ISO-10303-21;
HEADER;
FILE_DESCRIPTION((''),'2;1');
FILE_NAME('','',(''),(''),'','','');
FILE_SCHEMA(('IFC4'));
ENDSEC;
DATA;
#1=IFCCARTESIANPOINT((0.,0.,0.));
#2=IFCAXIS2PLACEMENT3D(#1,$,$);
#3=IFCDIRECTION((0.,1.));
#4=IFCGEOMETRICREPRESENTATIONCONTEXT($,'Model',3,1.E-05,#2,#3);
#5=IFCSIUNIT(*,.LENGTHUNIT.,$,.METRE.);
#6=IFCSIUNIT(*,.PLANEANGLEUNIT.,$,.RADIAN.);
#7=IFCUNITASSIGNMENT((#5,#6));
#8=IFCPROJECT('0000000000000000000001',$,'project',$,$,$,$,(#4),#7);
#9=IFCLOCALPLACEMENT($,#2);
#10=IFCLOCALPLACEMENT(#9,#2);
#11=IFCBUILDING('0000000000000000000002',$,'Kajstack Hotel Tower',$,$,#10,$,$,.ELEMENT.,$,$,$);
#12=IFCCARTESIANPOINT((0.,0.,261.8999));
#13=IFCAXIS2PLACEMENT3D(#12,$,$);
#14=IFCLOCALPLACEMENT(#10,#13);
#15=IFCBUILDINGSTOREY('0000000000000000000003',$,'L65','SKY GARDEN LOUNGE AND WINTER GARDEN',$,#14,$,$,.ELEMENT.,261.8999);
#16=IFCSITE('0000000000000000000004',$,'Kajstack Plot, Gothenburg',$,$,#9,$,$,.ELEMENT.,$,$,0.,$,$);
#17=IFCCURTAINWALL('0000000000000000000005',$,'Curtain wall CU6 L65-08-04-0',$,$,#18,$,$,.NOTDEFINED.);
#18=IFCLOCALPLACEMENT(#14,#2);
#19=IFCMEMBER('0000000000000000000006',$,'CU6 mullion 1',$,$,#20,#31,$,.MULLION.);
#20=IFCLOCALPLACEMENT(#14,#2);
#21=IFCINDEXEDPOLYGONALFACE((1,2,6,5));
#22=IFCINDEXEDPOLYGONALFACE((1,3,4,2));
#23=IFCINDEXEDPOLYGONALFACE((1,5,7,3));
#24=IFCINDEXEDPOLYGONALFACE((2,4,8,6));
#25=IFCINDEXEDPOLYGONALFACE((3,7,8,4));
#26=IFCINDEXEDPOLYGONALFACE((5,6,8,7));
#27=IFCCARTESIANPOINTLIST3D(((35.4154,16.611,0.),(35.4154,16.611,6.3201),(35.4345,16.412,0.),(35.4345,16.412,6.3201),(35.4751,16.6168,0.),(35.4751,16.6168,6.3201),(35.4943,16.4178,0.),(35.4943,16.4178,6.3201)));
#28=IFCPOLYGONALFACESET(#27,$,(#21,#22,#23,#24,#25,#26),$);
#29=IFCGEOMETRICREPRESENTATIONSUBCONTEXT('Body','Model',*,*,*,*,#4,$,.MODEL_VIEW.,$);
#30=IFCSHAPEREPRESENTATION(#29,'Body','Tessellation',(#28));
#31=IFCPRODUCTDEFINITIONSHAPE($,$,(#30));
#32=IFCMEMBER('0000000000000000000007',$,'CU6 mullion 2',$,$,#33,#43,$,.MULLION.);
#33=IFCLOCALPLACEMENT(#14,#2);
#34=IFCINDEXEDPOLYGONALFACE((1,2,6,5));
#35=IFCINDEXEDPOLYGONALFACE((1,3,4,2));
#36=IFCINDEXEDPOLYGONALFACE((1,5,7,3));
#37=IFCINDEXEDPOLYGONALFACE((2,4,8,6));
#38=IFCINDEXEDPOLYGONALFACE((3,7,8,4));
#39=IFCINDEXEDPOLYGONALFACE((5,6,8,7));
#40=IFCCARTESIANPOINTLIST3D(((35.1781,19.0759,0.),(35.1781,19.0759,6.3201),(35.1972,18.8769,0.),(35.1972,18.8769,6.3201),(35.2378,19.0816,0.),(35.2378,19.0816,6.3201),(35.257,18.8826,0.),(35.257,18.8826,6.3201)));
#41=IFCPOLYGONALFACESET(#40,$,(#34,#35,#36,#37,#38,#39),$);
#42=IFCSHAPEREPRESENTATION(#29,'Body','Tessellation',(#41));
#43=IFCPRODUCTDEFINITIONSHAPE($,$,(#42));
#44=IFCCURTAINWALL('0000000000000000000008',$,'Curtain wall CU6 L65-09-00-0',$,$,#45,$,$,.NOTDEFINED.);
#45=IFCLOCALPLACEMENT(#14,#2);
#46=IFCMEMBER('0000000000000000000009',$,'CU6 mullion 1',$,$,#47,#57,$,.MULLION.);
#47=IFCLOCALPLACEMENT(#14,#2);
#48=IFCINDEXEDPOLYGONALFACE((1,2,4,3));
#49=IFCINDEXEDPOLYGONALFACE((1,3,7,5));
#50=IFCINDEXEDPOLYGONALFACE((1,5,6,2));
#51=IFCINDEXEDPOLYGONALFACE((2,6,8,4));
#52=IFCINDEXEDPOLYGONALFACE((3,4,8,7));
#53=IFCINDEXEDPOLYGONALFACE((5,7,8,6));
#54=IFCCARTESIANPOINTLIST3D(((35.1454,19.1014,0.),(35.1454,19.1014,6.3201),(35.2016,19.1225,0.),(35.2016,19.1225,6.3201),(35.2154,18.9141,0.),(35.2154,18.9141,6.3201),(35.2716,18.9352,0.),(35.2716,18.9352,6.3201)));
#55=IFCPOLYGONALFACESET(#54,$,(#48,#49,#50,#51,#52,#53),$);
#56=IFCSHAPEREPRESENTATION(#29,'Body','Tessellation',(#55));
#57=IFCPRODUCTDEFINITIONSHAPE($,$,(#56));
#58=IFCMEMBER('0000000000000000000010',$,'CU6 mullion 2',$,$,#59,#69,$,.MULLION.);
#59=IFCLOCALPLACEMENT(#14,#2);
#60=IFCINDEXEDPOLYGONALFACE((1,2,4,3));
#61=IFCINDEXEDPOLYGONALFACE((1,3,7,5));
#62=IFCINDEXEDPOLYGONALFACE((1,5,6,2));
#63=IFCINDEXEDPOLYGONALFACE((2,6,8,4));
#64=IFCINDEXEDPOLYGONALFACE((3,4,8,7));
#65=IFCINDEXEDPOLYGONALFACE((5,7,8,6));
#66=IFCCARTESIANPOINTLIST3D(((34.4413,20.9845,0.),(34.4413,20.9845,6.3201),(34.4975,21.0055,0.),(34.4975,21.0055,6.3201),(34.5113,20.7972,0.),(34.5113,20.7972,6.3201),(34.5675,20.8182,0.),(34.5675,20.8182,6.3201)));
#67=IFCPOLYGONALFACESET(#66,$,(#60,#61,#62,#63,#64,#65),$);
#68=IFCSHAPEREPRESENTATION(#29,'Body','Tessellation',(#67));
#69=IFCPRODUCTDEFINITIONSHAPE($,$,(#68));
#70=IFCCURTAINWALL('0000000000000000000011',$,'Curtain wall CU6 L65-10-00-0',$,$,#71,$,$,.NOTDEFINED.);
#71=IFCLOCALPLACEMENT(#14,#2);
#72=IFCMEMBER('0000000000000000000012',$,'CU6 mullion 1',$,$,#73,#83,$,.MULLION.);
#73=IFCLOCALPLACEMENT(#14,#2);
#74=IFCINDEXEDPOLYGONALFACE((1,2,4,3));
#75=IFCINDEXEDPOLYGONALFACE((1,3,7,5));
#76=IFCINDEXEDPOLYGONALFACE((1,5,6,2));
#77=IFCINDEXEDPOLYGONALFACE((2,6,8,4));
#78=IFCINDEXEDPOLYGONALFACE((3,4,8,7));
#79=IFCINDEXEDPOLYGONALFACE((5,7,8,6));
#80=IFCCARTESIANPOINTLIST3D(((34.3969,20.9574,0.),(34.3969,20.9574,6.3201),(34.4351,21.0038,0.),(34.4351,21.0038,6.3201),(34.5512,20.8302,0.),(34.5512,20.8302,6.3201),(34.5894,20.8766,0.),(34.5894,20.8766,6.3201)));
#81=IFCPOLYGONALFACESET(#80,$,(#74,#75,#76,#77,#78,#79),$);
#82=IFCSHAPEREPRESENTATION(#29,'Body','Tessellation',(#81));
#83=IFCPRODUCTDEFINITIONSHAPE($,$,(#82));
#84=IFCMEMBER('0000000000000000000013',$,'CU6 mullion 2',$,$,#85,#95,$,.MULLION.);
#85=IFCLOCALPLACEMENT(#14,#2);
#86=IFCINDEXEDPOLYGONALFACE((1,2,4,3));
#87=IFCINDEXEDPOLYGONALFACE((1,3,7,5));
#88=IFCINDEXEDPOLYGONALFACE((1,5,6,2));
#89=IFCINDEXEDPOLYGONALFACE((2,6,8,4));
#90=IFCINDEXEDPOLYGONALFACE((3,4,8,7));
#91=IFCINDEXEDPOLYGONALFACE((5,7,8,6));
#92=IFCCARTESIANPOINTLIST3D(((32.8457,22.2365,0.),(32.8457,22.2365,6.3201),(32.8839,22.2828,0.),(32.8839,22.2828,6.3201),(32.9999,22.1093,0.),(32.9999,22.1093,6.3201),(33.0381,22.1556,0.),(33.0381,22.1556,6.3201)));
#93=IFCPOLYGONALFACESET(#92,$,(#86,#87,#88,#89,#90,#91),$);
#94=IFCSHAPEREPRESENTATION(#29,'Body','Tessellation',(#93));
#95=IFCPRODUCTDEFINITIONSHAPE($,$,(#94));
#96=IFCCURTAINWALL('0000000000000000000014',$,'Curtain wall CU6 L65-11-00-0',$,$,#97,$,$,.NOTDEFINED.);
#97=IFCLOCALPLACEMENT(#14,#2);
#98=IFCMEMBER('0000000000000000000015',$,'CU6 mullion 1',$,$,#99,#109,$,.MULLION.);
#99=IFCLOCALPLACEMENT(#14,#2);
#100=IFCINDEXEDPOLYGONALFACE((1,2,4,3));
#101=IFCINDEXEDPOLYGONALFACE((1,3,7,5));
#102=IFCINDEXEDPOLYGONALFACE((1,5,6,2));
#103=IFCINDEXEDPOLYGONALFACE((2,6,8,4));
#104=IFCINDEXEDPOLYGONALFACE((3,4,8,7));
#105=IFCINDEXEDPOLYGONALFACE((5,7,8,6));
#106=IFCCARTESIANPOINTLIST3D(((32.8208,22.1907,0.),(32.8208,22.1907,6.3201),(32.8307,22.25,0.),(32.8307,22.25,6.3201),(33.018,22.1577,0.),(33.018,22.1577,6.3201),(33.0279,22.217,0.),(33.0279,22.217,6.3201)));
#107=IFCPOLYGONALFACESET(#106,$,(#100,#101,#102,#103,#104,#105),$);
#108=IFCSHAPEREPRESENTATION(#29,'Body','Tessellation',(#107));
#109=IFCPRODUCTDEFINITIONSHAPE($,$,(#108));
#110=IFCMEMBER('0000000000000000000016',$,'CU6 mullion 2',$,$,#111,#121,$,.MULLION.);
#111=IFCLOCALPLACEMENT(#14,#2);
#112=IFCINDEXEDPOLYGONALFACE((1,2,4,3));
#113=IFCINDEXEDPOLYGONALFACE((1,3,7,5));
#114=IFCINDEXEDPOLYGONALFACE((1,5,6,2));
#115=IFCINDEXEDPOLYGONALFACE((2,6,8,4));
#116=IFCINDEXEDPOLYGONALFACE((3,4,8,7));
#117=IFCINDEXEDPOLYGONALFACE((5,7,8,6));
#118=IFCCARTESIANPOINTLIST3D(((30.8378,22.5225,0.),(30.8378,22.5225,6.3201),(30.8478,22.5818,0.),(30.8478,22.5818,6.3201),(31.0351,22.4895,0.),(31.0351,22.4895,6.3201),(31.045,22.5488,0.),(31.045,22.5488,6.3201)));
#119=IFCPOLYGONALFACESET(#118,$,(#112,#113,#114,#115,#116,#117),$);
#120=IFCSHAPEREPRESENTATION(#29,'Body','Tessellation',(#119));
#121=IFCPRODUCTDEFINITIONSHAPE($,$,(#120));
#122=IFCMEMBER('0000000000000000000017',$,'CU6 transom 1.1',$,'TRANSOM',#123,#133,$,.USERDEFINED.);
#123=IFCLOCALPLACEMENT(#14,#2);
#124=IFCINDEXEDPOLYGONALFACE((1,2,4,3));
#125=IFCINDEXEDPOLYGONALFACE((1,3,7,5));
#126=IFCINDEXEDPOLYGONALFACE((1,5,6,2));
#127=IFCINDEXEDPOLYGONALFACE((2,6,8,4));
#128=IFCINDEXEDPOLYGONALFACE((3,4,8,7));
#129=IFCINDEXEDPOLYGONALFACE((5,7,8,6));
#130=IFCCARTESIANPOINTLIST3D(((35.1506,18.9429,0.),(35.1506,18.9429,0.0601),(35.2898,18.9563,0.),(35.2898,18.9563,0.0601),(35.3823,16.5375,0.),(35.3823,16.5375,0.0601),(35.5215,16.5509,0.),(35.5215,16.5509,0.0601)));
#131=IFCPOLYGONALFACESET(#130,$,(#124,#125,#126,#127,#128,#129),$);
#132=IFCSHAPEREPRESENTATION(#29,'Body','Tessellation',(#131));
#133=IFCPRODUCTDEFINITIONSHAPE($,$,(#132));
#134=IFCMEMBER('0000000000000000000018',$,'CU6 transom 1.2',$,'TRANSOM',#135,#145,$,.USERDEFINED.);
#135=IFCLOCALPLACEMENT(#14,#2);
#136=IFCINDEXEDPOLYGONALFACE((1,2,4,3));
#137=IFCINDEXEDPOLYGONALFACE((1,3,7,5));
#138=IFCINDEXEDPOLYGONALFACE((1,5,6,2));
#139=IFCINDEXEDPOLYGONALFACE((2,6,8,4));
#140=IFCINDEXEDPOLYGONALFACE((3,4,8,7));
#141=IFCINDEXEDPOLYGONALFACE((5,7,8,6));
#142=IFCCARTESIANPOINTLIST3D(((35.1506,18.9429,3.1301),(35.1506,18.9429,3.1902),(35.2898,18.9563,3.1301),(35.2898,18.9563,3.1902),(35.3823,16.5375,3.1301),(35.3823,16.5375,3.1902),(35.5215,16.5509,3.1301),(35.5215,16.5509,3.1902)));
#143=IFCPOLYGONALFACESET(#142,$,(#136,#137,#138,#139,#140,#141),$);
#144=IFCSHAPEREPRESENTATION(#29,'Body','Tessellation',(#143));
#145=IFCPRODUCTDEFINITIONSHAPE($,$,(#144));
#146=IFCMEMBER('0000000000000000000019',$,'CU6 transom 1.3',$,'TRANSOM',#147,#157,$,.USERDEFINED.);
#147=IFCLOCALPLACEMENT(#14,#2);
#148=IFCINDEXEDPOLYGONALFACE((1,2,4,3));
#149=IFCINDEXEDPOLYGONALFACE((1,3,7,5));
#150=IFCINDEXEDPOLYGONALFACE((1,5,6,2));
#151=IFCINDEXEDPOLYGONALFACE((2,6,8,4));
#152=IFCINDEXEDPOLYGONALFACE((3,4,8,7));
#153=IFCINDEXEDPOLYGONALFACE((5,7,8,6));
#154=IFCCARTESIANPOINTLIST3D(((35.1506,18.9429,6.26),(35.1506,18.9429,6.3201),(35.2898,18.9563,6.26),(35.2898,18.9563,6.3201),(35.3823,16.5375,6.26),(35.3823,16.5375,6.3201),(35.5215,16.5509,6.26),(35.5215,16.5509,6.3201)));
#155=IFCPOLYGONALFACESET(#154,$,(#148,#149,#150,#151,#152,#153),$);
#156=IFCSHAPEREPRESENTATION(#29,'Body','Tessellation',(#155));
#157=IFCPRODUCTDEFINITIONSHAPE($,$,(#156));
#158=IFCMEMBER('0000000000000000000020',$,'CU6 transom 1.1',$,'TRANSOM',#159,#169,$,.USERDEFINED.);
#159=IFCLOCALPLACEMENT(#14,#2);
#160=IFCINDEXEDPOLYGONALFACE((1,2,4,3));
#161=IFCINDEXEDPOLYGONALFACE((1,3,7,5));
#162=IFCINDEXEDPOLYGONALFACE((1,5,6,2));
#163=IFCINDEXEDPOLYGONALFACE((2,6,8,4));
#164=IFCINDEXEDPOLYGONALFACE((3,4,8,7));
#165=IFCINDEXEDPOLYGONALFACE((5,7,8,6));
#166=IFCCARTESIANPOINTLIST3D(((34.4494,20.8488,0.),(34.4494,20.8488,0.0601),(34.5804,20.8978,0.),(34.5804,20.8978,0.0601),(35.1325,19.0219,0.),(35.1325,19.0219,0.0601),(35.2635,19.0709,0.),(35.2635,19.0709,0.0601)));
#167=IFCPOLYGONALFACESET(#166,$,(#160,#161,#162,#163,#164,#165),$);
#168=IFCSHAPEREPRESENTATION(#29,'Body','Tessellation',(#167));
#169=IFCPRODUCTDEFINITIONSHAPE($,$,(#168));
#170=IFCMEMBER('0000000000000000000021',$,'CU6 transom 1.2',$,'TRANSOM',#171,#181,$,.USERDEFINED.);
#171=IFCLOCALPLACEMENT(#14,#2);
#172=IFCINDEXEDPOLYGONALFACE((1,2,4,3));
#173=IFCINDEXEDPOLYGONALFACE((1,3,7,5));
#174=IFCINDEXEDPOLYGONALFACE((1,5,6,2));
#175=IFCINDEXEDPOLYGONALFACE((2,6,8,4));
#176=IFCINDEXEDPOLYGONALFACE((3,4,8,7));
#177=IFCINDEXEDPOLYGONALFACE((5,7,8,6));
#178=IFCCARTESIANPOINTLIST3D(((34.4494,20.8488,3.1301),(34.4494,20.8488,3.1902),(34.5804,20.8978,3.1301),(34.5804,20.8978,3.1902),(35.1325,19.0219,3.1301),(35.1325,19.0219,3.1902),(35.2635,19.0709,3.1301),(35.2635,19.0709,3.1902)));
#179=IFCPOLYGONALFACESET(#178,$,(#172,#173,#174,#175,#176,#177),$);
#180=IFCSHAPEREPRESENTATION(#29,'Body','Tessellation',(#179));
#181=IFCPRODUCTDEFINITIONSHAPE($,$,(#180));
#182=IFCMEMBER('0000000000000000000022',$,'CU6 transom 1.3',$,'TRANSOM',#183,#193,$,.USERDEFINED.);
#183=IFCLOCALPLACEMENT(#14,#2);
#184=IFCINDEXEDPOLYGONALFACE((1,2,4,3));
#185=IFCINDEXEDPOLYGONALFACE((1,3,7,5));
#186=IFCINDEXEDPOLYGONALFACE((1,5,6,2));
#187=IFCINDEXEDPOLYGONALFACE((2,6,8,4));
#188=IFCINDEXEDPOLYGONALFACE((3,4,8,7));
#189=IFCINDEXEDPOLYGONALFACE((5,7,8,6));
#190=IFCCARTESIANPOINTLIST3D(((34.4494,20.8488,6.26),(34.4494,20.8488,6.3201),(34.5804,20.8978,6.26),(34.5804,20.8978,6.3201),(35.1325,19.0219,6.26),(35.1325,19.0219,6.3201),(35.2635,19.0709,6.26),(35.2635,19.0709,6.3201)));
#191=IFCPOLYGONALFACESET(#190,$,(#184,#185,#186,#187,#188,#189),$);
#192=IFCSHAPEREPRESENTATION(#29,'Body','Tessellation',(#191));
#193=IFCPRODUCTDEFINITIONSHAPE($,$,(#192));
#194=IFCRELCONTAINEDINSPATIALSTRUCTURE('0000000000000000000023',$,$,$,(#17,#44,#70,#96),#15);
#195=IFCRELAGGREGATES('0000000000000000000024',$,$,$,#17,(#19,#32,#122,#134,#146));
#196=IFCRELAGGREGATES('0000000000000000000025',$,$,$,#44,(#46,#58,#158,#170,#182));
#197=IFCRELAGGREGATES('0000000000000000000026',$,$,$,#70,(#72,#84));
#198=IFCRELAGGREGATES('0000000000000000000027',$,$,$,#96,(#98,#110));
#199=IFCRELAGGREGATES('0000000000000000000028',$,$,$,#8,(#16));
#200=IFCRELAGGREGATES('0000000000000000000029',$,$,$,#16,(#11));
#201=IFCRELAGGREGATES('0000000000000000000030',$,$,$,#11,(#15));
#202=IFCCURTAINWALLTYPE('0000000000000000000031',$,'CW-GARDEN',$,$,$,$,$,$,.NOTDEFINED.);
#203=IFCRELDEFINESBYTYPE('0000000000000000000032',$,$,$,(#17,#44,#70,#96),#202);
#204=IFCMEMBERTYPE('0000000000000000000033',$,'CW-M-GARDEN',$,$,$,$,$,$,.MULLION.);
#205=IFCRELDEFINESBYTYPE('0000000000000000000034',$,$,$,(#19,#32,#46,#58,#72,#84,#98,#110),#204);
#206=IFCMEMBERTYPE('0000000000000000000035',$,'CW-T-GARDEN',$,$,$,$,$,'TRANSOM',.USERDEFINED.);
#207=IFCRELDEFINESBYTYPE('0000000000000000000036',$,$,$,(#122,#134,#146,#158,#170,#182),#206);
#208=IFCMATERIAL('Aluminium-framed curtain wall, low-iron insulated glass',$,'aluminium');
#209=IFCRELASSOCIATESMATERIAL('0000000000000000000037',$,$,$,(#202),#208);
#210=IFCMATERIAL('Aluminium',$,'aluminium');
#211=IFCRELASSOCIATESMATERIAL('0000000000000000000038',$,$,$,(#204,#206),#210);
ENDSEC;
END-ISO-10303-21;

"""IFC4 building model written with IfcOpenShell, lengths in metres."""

from ifc_helpers import new_model, si_unit, direction, frame, origin, origin_2d, place, context, subcontext, project, spatial, rectangle, extrude, material, material_profile, profile_set, type_object, element, aggregate, save


model = new_model("IFC4")

# Units and contexts
model_context = context("Model", 3, precision=1e-05, world=origin(), true_north=direction((0.0, 1.0)))
body_context = subcontext(model_context, "Body", "Model", "MODEL_VIEW")
ifc_project = project(units=[si_unit("LENGTHUNIT", "METRE"), si_unit("PLANEANGLEUNIT", "RADIAN")], contexts=[model_context])

# Site, building, storey
site_placement = place(None, origin())
site = spatial("IfcSite", under=ifc_project, at=site_placement, Name="Kajstack Plot, Gothenburg", CompositionType="ELEMENT", RefElevation=0.0)
building_placement = place(site_placement, origin())
building = spatial("IfcBuilding", under=site, at=building_placement, Name="Kajstack Hotel Tower", CompositionType="ELEMENT")
storey_placement = place(building_placement, frame((0.0, 0.0, 261.8999)))
storey = spatial("IfcBuildingStorey", under=building, at=storey_placement, Name="L65", Description="SKY GARDEN LOUNGE AND WINTER GARDEN", CompositionType="ELEMENT", Elevation=261.8999)

# Curtain walls, members
ifc_material_1 = material(Name="Aluminium-framed curtain wall, low-iron insulated glass", Category="aluminium")
curtain_wall_type = type_object("IfcCurtainWallType", Name="CW-GARDEN", PredefinedType="NOTDEFINED", material=ifc_material_1)
curtain_wall_1_placement = place(storey_placement, origin())
curtain_wall_1 = element("IfcCurtainWall", 1, at=curtain_wall_1_placement, inside=storey, type_object=curtain_wall_type, Name="Curtain wall CU6 L65-08-04-0", PredefinedType="NOTDEFINED")
ifc_material_2 = material(Name="Aluminium", Category="aluminium")
ifc_material_profile_1 = material_profile(ifc_material_2, rectangle(XDim=0.0601, YDim=0.2, at=origin_2d()), Name="Aluminium mullion 60 x 200")
ifc_profile_set_1 = profile_set([ifc_material_profile_1], Name="Aluminium")
member_type_1 = type_object("IfcMemberType", Name="CW-M-GARDEN", PredefinedType="MULLION", material=ifc_profile_set_1)
member_1_placement = place(storey_placement, frame((35.4548, 16.5144, 0.0), z_axis=(0.0, 0.0, 1.0), x_axis=(-0.995396, -0.095847, 0.0)))
member_1 = element("IfcMember", 2, at=member_1_placement, type_object=member_type_1, Name="CU6 mullion 1", PredefinedType="MULLION", context=body_context, shape_type="SweptSolid", body=[
    extrude(rectangle(XDim=0.0601, YDim=0.2, at=origin_2d()), origin(), (0.0, 0.0, 1.0), 6.3201),
])
member_2_placement = place(storey_placement, frame((35.2175, 18.9792, 0.0), z_axis=(0.0, 0.0, 1.0), x_axis=(-0.995396, -0.095847, 0.0)))
member_2 = element("IfcMember", 3, at=member_2_placement, type_object=member_type_1, Name="CU6 mullion 2", PredefinedType="MULLION", context=body_context, shape_type="SweptSolid", body=[
    extrude(rectangle(XDim=0.0601, YDim=0.2, at=origin_2d()), origin(), (0.0, 0.0, 1.0), 6.3201),
])
curtain_wall_2_placement = place(storey_placement, origin())
curtain_wall_2 = element("IfcCurtainWall", 4, at=curtain_wall_2_placement, inside=storey, type_object=curtain_wall_type, Name="Curtain wall CU6 L65-09-00-0", PredefinedType="NOTDEFINED")
member_3_placement = place(storey_placement, frame((35.2085, 19.0183, 0.0), z_axis=(0.0, 0.0, 1.0), x_axis=(-0.936674, -0.350202, 0.0)))
member_3 = element("IfcMember", 5, at=member_3_placement, type_object=member_type_1, Name="CU6 mullion 1", PredefinedType="MULLION", context=body_context, shape_type="SweptSolid", body=[
    extrude(rectangle(XDim=0.0601, YDim=0.2, at=origin_2d()), origin(), (0.0, 0.0, 1.0), 6.3201),
])
member_4_placement = place(storey_placement, frame((34.5044, 20.9014, 0.0), z_axis=(0.0, 0.0, 1.0), x_axis=(-0.936674, -0.350202, 0.0)))
member_4 = element("IfcMember", 6, at=member_4_placement, type_object=member_type_1, Name="CU6 mullion 2", PredefinedType="MULLION", context=body_context, shape_type="SweptSolid", body=[
    extrude(rectangle(XDim=0.0601, YDim=0.2, at=origin_2d()), origin(), (0.0, 0.0, 1.0), 6.3201),
])
curtain_wall_3_placement = place(storey_placement, origin())
curtain_wall_3 = element("IfcCurtainWall", 7, at=curtain_wall_3_placement, inside=storey, type_object=curtain_wall_type, Name="Curtain wall CU6 L65-10-00-0", PredefinedType="NOTDEFINED")
member_5_placement = place(storey_placement, frame((34.4932, 20.917, 0.0), z_axis=(0.0, 0.0, 1.0), x_axis=(-0.636095, -0.771611, 0.0)))
member_5 = element("IfcMember", 8, at=member_5_placement, type_object=member_type_1, Name="CU6 mullion 1", PredefinedType="MULLION", context=body_context, shape_type="SweptSolid", body=[
    extrude(rectangle(XDim=0.0601, YDim=0.2, at=origin_2d()), origin(), (0.0, 0.0, 1.0), 6.3201),
])
member_6_placement = place(storey_placement, frame((32.9419, 22.196, 0.0), z_axis=(0.0, 0.0, 1.0), x_axis=(-0.636095, -0.771611, 0.0)))
member_6 = element("IfcMember", 9, at=member_6_placement, type_object=member_type_1, Name="CU6 mullion 2", PredefinedType="MULLION", context=body_context, shape_type="SweptSolid", body=[
    extrude(rectangle(XDim=0.0601, YDim=0.2, at=origin_2d()), origin(), (0.0, 0.0, 1.0), 6.3201),
])
curtain_wall_4_placement = place(storey_placement, origin())
curtain_wall_4 = element("IfcCurtainWall", 10, at=curtain_wall_4_placement, inside=storey, type_object=curtain_wall_type, Name="Curtain wall CU6 L65-11-00-0", PredefinedType="NOTDEFINED")
member_7_placement = place(storey_placement, frame((32.9243, 22.2039, 0.0), z_axis=(0.0, 0.0, 1.0), x_axis=(-0.165033, -0.986288, 0.0)))
member_7 = element("IfcMember", 11, at=member_7_placement, type_object=member_type_1, Name="CU6 mullion 1", PredefinedType="MULLION", context=body_context, shape_type="SweptSolid", body=[
    extrude(rectangle(XDim=0.0601, YDim=0.2, at=origin_2d()), origin(), (0.0, 0.0, 1.0), 6.3201),
])
member_8_placement = place(storey_placement, frame((30.9414, 22.5356, 0.0), z_axis=(0.0, 0.0, 1.0), x_axis=(-0.165033, -0.986288, 0.0)))
member_8 = element("IfcMember", 12, at=member_8_placement, type_object=member_type_1, Name="CU6 mullion 2", PredefinedType="MULLION", context=body_context, shape_type="SweptSolid", body=[
    extrude(rectangle(XDim=0.0601, YDim=0.2, at=origin_2d()), origin(), (0.0, 0.0, 1.0), 6.3201),
])

# Members
ifc_material_profile_2 = material_profile(ifc_material_2, rectangle(XDim=0.1399, YDim=0.0601, at=origin_2d()), Name="Aluminium transom 140 x 60")
ifc_profile_set_2 = profile_set([ifc_material_profile_2], Name="Aluminium")
member_type_2 = type_object("IfcMemberType", Name="CW-T-GARDEN", ElementType="TRANSOM", PredefinedType="USERDEFINED", material=ifc_profile_set_2)
member_9_placement = place(storey_placement, frame((35.4519, 16.5442, 0.03), z_axis=(-0.095882, 0.995393, 0.0), x_axis=(-0.995393, -0.095882, 0.0)))
member_9 = element("IfcMember", 13, at=member_9_placement, type_object=member_type_2, Name="CU6 transom 1.1", ObjectType="TRANSOM", PredefinedType="USERDEFINED", context=body_context, shape_type="SweptSolid", body=[
    extrude(rectangle(XDim=0.1399, YDim=0.0601, at=origin_2d()), origin(), (0.0, 0.0, 1.0), 2.4165),
])
member_10_placement = place(storey_placement, frame((35.4519, 16.5442, 3.1602), z_axis=(-0.095882, 0.995393, 0.0), x_axis=(-0.995393, -0.095882, 0.0)))
member_10 = element("IfcMember", 14, at=member_10_placement, type_object=member_type_2, Name="CU6 transom 1.2", ObjectType="TRANSOM", PredefinedType="USERDEFINED", context=body_context, shape_type="SweptSolid", body=[
    extrude(rectangle(XDim=0.1399, YDim=0.0601, at=origin_2d()), origin(), (0.0, 0.0, 1.0), 2.4165),
])
member_11_placement = place(storey_placement, frame((35.4519, 16.5442, 6.29), z_axis=(-0.095882, 0.995393, 0.0), x_axis=(-0.995393, -0.095882, 0.0)))
member_11 = element("IfcMember", 15, at=member_11_placement, type_object=member_type_2, Name="CU6 transom 1.3", ObjectType="TRANSOM", PredefinedType="USERDEFINED", context=body_context, shape_type="SweptSolid", body=[
    extrude(rectangle(XDim=0.1399, YDim=0.0601, at=origin_2d()), origin(), (0.0, 0.0, 1.0), 2.4165),
])
member_12_placement = place(storey_placement, frame((35.198, 19.0464, 0.03), z_axis=(-0.350232, 0.936663, 0.0), x_axis=(-0.936663, -0.350232, 0.0)))
member_12 = element("IfcMember", 16, at=member_12_placement, type_object=member_type_2, Name="CU6 transom 1.1", ObjectType="TRANSOM", PredefinedType="USERDEFINED", context=body_context, shape_type="SweptSolid", body=[
    extrude(rectangle(XDim=0.1399, YDim=0.0601, at=origin_2d()), origin(), (0.0, 0.0, 1.0), 1.9504),
])
member_13_placement = place(storey_placement, frame((35.198, 19.0464, 3.1602), z_axis=(-0.350232, 0.936663, 0.0), x_axis=(-0.936663, -0.350232, 0.0)))
member_13 = element("IfcMember", 17, at=member_13_placement, type_object=member_type_2, Name="CU6 transom 1.2", ObjectType="TRANSOM", PredefinedType="USERDEFINED", context=body_context, shape_type="SweptSolid", body=[
    extrude(rectangle(XDim=0.1399, YDim=0.0601, at=origin_2d()), origin(), (0.0, 0.0, 1.0), 1.9504),
])
member_14_placement = place(storey_placement, frame((35.198, 19.0464, 6.29), z_axis=(-0.350232, 0.936663, 0.0), x_axis=(-0.936663, -0.350232, 0.0)))
member_14 = element("IfcMember", 18, at=member_14_placement, type_object=member_type_2, Name="CU6 transom 1.3", ObjectType="TRANSOM", PredefinedType="USERDEFINED", context=body_context, shape_type="SweptSolid", body=[
    extrude(rectangle(XDim=0.1399, YDim=0.0601, at=origin_2d()), origin(), (0.0, 0.0, 1.0), 1.9504),
])

aggregate(curtain_wall_1, [member_1, member_2, member_9, member_10, member_11])
aggregate(curtain_wall_2, [member_3, member_4, member_12, member_13, member_14])
aggregate(curtain_wall_3, [member_5, member_6])
aggregate(curtain_wall_4, [member_7, member_8])

save(model, "model.ifc")
